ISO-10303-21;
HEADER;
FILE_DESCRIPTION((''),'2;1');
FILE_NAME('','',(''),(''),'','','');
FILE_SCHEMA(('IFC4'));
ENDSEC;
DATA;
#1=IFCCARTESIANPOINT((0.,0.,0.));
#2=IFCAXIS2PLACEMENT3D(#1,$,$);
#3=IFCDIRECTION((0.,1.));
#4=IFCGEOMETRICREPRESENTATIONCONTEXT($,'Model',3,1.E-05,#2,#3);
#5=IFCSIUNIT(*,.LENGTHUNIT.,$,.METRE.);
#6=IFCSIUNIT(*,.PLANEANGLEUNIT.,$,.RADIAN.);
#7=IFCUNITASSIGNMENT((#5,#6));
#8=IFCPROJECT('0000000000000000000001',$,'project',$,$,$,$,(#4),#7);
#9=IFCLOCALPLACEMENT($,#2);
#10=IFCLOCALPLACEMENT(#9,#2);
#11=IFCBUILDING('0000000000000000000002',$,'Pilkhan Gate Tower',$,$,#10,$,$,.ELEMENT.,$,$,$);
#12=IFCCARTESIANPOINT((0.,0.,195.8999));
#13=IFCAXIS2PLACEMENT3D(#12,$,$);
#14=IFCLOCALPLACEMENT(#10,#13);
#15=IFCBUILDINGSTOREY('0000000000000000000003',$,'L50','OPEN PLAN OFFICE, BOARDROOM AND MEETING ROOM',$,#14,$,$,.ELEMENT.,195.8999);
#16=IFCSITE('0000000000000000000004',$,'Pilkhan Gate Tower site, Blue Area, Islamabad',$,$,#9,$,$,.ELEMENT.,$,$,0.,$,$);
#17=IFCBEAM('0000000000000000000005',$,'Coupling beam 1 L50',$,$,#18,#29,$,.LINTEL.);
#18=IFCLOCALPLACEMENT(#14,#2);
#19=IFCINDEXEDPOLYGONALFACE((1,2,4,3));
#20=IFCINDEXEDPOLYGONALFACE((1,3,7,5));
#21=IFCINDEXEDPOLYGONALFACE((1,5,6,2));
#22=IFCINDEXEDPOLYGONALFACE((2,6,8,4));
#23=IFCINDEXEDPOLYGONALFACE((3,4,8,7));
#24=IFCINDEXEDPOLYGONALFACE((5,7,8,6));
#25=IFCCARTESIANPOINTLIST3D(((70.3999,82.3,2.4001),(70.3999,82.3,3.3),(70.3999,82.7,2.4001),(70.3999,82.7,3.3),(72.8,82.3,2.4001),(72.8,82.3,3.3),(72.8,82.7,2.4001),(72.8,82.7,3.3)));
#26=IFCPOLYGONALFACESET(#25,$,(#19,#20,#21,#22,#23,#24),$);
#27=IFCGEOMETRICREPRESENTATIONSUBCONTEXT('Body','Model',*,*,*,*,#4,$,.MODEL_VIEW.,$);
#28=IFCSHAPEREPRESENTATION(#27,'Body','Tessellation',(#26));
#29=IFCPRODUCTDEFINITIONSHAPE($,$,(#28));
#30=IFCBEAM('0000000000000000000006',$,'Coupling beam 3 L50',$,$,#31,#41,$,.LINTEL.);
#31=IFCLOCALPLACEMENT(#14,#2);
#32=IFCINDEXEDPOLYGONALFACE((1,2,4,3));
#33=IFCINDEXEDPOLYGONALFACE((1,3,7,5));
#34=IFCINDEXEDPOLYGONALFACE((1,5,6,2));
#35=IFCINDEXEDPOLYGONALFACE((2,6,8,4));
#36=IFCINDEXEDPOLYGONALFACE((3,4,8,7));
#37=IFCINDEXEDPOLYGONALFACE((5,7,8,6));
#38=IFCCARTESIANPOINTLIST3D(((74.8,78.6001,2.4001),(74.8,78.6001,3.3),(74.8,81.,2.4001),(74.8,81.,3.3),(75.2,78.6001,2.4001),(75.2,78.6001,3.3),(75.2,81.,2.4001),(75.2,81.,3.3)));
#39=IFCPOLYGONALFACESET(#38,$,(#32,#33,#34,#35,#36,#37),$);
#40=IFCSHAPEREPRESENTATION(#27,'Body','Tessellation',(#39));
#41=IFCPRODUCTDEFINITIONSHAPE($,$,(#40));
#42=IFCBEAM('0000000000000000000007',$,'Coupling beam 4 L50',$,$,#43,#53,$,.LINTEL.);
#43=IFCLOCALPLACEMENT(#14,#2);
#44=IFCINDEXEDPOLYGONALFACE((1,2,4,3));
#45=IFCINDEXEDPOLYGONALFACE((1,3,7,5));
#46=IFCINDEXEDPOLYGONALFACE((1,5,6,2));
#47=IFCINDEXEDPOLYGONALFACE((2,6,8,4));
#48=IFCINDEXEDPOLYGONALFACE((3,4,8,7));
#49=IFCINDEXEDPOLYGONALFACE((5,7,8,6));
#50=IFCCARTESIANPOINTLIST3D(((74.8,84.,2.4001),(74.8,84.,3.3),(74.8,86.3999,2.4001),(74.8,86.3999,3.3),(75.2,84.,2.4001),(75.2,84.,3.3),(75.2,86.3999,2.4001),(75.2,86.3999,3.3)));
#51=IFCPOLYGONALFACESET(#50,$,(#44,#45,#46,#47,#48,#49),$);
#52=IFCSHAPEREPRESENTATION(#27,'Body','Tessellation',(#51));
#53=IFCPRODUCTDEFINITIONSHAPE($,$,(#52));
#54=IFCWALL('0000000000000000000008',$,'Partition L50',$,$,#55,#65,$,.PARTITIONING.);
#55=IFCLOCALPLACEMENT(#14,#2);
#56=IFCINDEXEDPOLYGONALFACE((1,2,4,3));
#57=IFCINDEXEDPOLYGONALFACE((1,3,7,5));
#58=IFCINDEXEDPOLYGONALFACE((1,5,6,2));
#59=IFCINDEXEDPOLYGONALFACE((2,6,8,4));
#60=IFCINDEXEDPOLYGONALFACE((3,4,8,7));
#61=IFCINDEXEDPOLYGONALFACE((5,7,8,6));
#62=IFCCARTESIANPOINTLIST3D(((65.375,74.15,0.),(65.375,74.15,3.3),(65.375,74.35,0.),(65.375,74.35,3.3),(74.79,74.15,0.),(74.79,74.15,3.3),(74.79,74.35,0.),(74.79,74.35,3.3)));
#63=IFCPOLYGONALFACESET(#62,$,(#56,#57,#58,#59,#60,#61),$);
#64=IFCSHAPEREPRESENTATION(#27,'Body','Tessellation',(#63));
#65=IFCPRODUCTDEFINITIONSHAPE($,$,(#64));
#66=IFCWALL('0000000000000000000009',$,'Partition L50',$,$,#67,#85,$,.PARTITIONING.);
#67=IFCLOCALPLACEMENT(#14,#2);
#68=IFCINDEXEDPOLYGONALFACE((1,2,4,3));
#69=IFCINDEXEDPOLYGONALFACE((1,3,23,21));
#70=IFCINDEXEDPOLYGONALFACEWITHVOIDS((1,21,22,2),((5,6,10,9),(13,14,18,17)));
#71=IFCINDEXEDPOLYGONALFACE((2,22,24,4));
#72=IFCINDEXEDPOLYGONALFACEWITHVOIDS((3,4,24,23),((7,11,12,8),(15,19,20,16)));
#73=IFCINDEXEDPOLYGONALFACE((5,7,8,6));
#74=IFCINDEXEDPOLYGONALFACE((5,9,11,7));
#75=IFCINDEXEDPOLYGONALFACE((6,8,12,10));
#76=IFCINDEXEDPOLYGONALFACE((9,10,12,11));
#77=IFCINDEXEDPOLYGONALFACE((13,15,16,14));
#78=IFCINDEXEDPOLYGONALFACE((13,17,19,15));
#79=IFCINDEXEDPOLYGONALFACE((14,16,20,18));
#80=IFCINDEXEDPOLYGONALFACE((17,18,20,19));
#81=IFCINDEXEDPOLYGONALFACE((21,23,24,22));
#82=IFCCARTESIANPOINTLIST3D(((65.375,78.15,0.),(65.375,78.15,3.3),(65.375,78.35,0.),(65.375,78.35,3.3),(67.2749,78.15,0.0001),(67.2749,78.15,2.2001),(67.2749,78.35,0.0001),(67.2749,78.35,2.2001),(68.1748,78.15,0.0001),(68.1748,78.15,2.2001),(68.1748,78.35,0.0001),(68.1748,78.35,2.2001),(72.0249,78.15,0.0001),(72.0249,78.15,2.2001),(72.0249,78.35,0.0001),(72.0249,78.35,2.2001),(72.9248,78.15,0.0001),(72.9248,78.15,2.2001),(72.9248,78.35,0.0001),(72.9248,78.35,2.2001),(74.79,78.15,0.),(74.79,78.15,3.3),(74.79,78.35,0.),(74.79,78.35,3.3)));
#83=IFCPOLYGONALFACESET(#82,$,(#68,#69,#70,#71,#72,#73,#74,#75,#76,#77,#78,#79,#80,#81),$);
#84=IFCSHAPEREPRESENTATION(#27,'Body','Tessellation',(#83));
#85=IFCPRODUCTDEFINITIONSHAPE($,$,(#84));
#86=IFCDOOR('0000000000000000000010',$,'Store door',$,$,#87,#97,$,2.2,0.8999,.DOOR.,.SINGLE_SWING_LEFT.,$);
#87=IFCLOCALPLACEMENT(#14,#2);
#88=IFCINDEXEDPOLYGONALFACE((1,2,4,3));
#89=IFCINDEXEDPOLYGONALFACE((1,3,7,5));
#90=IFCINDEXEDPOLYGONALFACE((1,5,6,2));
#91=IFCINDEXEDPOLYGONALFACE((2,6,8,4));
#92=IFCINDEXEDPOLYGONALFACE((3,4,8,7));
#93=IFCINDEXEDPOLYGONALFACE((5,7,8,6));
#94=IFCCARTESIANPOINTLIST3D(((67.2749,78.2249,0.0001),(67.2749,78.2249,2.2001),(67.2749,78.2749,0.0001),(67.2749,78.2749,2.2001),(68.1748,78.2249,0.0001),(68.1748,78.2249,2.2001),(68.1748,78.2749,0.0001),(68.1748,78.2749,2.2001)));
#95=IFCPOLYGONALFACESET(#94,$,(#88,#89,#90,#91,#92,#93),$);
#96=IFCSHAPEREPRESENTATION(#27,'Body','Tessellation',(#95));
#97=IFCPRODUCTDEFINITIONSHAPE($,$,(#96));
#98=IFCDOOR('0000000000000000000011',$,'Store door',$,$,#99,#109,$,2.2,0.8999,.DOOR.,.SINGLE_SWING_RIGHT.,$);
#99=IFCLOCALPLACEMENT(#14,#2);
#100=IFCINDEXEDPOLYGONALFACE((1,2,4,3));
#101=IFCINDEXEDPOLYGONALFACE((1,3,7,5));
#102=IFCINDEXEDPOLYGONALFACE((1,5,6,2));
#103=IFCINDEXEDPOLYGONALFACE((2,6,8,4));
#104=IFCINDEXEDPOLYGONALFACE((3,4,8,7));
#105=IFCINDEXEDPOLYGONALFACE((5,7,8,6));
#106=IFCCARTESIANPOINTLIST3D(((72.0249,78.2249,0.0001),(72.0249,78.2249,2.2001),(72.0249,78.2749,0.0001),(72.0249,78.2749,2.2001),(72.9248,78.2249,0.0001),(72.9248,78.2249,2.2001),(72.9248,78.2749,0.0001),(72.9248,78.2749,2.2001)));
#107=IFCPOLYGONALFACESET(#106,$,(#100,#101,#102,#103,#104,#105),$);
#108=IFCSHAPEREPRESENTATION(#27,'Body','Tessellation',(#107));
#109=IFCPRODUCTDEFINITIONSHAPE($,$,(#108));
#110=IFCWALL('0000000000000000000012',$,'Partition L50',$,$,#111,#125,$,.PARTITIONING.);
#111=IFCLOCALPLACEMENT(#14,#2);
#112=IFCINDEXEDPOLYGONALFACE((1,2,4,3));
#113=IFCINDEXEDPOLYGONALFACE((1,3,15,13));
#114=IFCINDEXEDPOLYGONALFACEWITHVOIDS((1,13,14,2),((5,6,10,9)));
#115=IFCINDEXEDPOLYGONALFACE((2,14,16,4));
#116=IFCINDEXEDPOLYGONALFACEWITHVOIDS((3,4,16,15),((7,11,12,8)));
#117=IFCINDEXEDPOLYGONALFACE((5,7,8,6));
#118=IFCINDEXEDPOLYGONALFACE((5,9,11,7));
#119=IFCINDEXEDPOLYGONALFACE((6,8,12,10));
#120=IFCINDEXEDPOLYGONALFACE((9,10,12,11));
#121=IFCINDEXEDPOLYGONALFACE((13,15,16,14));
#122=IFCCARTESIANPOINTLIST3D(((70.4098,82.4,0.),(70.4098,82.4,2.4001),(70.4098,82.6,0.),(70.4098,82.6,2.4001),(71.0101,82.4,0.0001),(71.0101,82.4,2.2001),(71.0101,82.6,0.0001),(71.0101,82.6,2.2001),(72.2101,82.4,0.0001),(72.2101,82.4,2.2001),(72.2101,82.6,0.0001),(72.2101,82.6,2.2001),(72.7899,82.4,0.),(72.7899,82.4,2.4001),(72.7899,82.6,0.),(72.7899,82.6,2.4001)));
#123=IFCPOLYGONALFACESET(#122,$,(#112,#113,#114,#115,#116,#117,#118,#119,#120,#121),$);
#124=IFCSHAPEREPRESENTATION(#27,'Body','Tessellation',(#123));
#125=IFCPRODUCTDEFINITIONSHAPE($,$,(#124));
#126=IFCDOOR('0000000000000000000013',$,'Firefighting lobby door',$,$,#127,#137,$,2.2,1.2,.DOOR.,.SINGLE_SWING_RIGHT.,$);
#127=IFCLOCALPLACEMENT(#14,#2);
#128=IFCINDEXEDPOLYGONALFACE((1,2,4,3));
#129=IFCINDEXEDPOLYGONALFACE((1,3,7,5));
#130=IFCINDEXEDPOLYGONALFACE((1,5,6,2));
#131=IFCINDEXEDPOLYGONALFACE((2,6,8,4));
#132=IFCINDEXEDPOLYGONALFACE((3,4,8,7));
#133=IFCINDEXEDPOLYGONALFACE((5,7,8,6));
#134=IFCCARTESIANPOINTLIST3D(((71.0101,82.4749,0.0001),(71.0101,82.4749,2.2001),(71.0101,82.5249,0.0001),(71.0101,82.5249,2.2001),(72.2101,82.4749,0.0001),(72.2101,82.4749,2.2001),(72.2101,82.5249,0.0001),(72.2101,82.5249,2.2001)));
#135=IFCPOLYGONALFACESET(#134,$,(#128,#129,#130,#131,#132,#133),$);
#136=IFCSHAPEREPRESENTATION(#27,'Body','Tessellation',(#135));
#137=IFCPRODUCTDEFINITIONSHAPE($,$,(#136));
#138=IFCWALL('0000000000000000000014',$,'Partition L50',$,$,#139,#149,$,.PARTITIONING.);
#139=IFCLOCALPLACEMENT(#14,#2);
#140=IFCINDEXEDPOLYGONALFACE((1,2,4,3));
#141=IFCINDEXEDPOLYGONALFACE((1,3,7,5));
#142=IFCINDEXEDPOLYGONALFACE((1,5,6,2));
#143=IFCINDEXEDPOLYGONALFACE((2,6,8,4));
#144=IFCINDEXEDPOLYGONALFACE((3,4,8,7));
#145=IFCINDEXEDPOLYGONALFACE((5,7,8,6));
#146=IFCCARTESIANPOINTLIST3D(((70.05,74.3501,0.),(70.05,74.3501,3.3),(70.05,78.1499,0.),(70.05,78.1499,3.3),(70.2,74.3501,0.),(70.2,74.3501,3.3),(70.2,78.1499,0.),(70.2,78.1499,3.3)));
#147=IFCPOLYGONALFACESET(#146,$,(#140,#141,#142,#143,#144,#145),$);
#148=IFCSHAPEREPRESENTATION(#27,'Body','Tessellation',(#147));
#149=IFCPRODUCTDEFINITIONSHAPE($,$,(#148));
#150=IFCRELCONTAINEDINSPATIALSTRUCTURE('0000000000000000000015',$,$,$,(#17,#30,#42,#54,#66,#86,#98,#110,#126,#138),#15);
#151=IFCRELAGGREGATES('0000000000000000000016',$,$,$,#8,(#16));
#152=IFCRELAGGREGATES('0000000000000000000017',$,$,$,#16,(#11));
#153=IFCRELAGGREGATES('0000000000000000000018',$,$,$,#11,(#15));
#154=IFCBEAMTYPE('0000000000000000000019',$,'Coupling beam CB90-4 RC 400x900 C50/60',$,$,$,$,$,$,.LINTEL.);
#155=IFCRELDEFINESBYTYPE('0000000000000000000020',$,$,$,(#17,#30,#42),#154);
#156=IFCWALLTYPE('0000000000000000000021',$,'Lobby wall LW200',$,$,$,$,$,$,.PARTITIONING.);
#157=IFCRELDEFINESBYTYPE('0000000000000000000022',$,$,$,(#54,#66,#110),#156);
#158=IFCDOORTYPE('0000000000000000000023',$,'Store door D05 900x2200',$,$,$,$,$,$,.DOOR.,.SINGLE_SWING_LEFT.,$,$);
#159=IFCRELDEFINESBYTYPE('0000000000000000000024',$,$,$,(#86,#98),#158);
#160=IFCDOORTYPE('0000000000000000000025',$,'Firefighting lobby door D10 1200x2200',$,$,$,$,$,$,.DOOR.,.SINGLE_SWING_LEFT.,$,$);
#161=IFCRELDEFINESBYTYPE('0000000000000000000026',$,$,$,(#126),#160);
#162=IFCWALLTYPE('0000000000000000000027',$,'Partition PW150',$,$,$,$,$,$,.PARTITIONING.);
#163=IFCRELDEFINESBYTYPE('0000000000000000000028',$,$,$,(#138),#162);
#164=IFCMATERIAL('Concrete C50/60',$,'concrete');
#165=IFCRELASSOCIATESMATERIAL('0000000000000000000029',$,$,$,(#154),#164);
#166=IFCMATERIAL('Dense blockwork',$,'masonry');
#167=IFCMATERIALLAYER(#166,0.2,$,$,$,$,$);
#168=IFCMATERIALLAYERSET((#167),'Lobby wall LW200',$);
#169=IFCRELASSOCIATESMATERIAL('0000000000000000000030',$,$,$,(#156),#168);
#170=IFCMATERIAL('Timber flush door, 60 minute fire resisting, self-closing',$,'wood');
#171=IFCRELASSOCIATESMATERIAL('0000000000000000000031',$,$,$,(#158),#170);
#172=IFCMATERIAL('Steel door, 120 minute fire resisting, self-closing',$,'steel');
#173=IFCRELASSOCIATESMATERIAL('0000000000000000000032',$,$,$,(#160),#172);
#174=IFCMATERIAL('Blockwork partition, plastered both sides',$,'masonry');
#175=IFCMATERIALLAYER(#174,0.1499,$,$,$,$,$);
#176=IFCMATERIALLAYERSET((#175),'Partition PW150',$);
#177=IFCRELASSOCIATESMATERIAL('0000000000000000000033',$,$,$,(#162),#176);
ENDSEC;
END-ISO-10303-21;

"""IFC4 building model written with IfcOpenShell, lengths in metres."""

from ifc_helpers import new_model, si_unit, direction, frame, frame_2d, origin, origin_2d, place, context, subcontext, project, spatial, rectangle, extrude, material, layer, layer_set, material_profile, profile_set, type_object, element, fill, save


model = new_model("IFC4")

# Units and contexts
model_context = context("Model", 3, precision=1e-05, world=origin(), true_north=direction((0.0, 1.0)))
body_context = subcontext(model_context, "Body", "Model", "MODEL_VIEW")
ifc_project = project(units=[si_unit("LENGTHUNIT", "METRE"), si_unit("PLANEANGLEUNIT", "RADIAN")], contexts=[model_context])

# Site, building, storey
site_placement = place(None, origin())
site = spatial("IfcSite", under=ifc_project, at=site_placement, Name="Pilkhan Gate Tower site, Blue Area, Islamabad", CompositionType="ELEMENT", RefElevation=0.0)
building_placement = place(site_placement, origin())
building = spatial("IfcBuilding", under=site, at=building_placement, Name="Pilkhan Gate Tower", CompositionType="ELEMENT")
storey_placement = place(building_placement, frame((0.0, 0.0, 195.8999)))
storey = spatial("IfcBuildingStorey", under=building, at=storey_placement, Name="L50", Description="OPEN PLAN OFFICE, BOARDROOM AND MEETING ROOM", CompositionType="ELEMENT", Elevation=195.8999)

# Beams
ifc_material_1 = material(Name="Concrete C50/60", Category="concrete")
ifc_material_profile = material_profile(ifc_material_1, rectangle(XDim=0.3999, YDim=0.8999, at=origin_2d()), Name="RC 400x900")
ifc_profile_set = profile_set([ifc_material_profile], Name="Concrete C50/60")
beam_type = type_object("IfcBeamType", Name="Coupling beam CB90-4 RC 400x900 C50/60", PredefinedType="LINTEL", material=ifc_profile_set)
beam_placement = place(storey_placement, frame((70.3999, 82.5, 2.8501), z_axis=(1.0, 0.0, 0.0), x_axis=(0.0, 1.0, 0.0)))
element("IfcBeam", 1, at=beam_placement, inside=storey, type_object=beam_type, Name="Coupling beam 1 L50", PredefinedType="LINTEL", context=body_context, shape_type="SweptSolid", body=[
    extrude(rectangle(XDim=0.3999, YDim=0.8999, at=origin_2d()), origin(), (0.0, 0.0, 1.0), 2.4001),
])
for number, where, z_axis, x_axis, name in (
    (2, (75.0, 78.6001, 2.8501), (0.0, 1.0, 0.0), (-1.0, 0.0, 0.0), "Coupling beam 3 L50"),
    (3, (75.0, 84.0, 2.8501), (0.0, 1.0, 0.0), (-1.0, 0.0, 0.0), "Coupling beam 4 L50"),
):
    element("IfcBeam", number, at=place(storey_placement, frame(where, z_axis=z_axis, x_axis=x_axis)), inside=storey, type_object=beam_type, Name=name, PredefinedType="LINTEL", context=body_context, shape_type="SweptSolid", body=[
        extrude(rectangle(XDim=0.3999, YDim=0.8999, at=origin_2d()), origin(), (0.0, 0.0, 1.0), 2.3999),
    ])

# Wall
ifc_material_2 = material(Name="Dense blockwork", Category="masonry")
ifc_layer_1 = layer(ifc_material_2, 0.2)
ifc_layer_set_1 = layer_set([ifc_layer_1], Name="Lobby wall LW200")
wall_type_1 = type_object("IfcWallType", Name="Lobby wall LW200", PredefinedType="PARTITIONING", material=ifc_layer_set_1)
wall_1_placement = place(storey_placement, frame((65.375, 74.25, 0.0), z_axis=(0.0, 0.0, 1.0), x_axis=(1.0, 0.0, 0.0)))
element("IfcWall", 4, at=wall_1_placement, inside=storey, type_object=wall_type_1, Name="Partition L50", PredefinedType="PARTITIONING", context=body_context, shape_type="SweptSolid", body=[
    extrude(rectangle(XDim=9.415, YDim=0.2, at=frame_2d((4.7075, 0.0))), origin(), (0.0, 0.0, 1.0), 3.3),
])

# Wall, openings, doors
wall_2_placement = place(storey_placement, frame((65.375, 78.25, 0.0), z_axis=(0.0, 0.0, 1.0), x_axis=(1.0, 0.0, 0.0)))
wall_2 = element("IfcWall", 5, at=wall_2_placement, inside=storey, type_object=wall_type_1, Name="Partition L50", PredefinedType="PARTITIONING", context=body_context, shape_type="SweptSolid", body=[
    extrude(rectangle(XDim=9.415, YDim=0.2, at=frame_2d((4.7075, 0.0))), origin(), (0.0, 0.0, 1.0), 3.3),
])
opening_1_placement = place(wall_2_placement, frame((1.8999, 0.0, 0.0)))
opening_1 = element("IfcOpeningElement", 6, at=opening_1_placement, cuts=wall_2, PredefinedType="OPENING", context=body_context, shape_type="SweptSolid", body=[
    extrude(rectangle(XDim=0.8999, YDim=2.2, at=frame_2d((0.45, 1.1001))), frame((0.0, 0.1099, 0.0), z_axis=(0.0, -1.0, 0.0), x_axis=(1.0, 0.0, 0.0)), (0.0, 0.0, 1.0), 0.22),
])
opening_2_placement = place(wall_2_placement, frame((6.6499, 0.0, 0.0)))
opening_2 = element("IfcOpeningElement", 7, at=opening_2_placement, cuts=wall_2, PredefinedType="OPENING", context=body_context, shape_type="SweptSolid", body=[
    extrude(rectangle(XDim=0.8999, YDim=2.2, at=frame_2d((0.45, 1.1001))), frame((0.0, 0.1099, 0.0), z_axis=(0.0, -1.0, 0.0), x_axis=(1.0, 0.0, 0.0)), (0.0, 0.0, 1.0), 0.22),
])
ifc_material_3 = material(Name="Timber flush door, 60 minute fire resisting, self-closing", Category="wood")
door_type_1 = type_object("IfcDoorType", Name="Store door D05 900x2200", OperationType="SINGLE_SWING_LEFT", PredefinedType="DOOR", material=ifc_material_3)
door_1_placement = place(opening_1_placement, origin())
door_1 = element("IfcDoor", 8, at=door_1_placement, inside=storey, type_object=door_type_1, Name="Store door", OperationType="SINGLE_SWING_LEFT", OverallHeight=2.2, OverallWidth=0.8999, PredefinedType="DOOR", context=body_context, shape_type="SweptSolid", body=[
    extrude(rectangle(XDim=0.8999, YDim=2.2, at=frame_2d((0.45, 1.1001))), frame((0.0, 0.0249, 0.0), z_axis=(0.0, -1.0, 0.0), x_axis=(1.0, 0.0, 0.0)), (0.0, 0.0, 1.0), 0.05),
])
fill(opening_1, door_1)
door_2_placement = place(opening_2_placement, origin())
door_2 = element("IfcDoor", 9, at=door_2_placement, inside=storey, type_object=door_type_1, Name="Store door", OperationType="SINGLE_SWING_RIGHT", OverallHeight=2.2, OverallWidth=0.8999, PredefinedType="DOOR", context=body_context, shape_type="SweptSolid", body=[
    extrude(rectangle(XDim=0.8999, YDim=2.2, at=frame_2d((0.45, 1.1001))), frame((0.0, 0.0249, 0.0), z_axis=(0.0, -1.0, 0.0), x_axis=(1.0, 0.0, 0.0)), (0.0, 0.0, 1.0), 0.05),
])
fill(opening_2, door_2)

# Wall, opening, door
wall_3_placement = place(storey_placement, frame((70.4099, 82.5, 0.0), z_axis=(0.0, 0.0, 1.0), x_axis=(1.0, 0.0, 0.0)))
wall_3 = element("IfcWall", 10, at=wall_3_placement, inside=storey, type_object=wall_type_1, Name="Partition L50", PredefinedType="PARTITIONING", context=body_context, shape_type="SweptSolid", body=[
    extrude(rectangle(XDim=2.3801, YDim=0.2, at=frame_2d((1.1899, 0.0))), origin(), (0.0, 0.0, 1.0), 2.4001),
])
opening_3_placement = place(wall_3_placement, frame((0.6001, 0.0, 0.0)))
opening_3 = element("IfcOpeningElement", 11, at=opening_3_placement, cuts=wall_3, PredefinedType="OPENING", context=body_context, shape_type="SweptSolid", body=[
    extrude(rectangle(XDim=1.2, YDim=2.2, at=frame_2d((0.6001, 1.1001))), frame((0.0, 0.1099, 0.0), z_axis=(0.0, -1.0, 0.0), x_axis=(1.0, 0.0, 0.0)), (0.0, 0.0, 1.0), 0.22),
])
ifc_material_4 = material(Name="Steel door, 120 minute fire resisting, self-closing", Category="steel")
door_type_2 = type_object("IfcDoorType", Name="Firefighting lobby door D10 1200x2200", OperationType="SINGLE_SWING_LEFT", PredefinedType="DOOR", material=ifc_material_4)
door_3_placement = place(opening_3_placement, origin())
door_3 = element("IfcDoor", 12, at=door_3_placement, inside=storey, type_object=door_type_2, Name="Firefighting lobby door", OperationType="SINGLE_SWING_RIGHT", OverallHeight=2.2, OverallWidth=1.2, PredefinedType="DOOR", context=body_context, shape_type="SweptSolid", body=[
    extrude(rectangle(XDim=1.2, YDim=2.2, at=frame_2d((0.6001, 1.1001))), frame((0.0, 0.0249, 0.0), z_axis=(0.0, -1.0, 0.0), x_axis=(1.0, 0.0, 0.0)), (0.0, 0.0, 1.0), 0.05),
])
fill(opening_3, door_3)

# Wall
ifc_material_5 = material(Name="Blockwork partition, plastered both sides", Category="masonry")
ifc_layer_2 = layer(ifc_material_5, 0.1499)
ifc_layer_set_2 = layer_set([ifc_layer_2], Name="Partition PW150")
wall_type_2 = type_object("IfcWallType", Name="Partition PW150", PredefinedType="PARTITIONING", material=ifc_layer_set_2)
wall_4_placement = place(storey_placement, frame((70.125, 74.3501, 0.0), z_axis=(0.0, 0.0, 1.0), x_axis=(0.0, 1.0, 0.0)))
element("IfcWall", 13, at=wall_4_placement, inside=storey, type_object=wall_type_2, Name="Partition L50", PredefinedType="PARTITIONING", context=body_context, shape_type="SweptSolid", body=[
    extrude(rectangle(XDim=3.7998, YDim=0.1499, at=frame_2d((1.8999, 0.0))), origin(), (0.0, 0.0, 1.0), 3.3),
])

save(model, "model.ifc")
